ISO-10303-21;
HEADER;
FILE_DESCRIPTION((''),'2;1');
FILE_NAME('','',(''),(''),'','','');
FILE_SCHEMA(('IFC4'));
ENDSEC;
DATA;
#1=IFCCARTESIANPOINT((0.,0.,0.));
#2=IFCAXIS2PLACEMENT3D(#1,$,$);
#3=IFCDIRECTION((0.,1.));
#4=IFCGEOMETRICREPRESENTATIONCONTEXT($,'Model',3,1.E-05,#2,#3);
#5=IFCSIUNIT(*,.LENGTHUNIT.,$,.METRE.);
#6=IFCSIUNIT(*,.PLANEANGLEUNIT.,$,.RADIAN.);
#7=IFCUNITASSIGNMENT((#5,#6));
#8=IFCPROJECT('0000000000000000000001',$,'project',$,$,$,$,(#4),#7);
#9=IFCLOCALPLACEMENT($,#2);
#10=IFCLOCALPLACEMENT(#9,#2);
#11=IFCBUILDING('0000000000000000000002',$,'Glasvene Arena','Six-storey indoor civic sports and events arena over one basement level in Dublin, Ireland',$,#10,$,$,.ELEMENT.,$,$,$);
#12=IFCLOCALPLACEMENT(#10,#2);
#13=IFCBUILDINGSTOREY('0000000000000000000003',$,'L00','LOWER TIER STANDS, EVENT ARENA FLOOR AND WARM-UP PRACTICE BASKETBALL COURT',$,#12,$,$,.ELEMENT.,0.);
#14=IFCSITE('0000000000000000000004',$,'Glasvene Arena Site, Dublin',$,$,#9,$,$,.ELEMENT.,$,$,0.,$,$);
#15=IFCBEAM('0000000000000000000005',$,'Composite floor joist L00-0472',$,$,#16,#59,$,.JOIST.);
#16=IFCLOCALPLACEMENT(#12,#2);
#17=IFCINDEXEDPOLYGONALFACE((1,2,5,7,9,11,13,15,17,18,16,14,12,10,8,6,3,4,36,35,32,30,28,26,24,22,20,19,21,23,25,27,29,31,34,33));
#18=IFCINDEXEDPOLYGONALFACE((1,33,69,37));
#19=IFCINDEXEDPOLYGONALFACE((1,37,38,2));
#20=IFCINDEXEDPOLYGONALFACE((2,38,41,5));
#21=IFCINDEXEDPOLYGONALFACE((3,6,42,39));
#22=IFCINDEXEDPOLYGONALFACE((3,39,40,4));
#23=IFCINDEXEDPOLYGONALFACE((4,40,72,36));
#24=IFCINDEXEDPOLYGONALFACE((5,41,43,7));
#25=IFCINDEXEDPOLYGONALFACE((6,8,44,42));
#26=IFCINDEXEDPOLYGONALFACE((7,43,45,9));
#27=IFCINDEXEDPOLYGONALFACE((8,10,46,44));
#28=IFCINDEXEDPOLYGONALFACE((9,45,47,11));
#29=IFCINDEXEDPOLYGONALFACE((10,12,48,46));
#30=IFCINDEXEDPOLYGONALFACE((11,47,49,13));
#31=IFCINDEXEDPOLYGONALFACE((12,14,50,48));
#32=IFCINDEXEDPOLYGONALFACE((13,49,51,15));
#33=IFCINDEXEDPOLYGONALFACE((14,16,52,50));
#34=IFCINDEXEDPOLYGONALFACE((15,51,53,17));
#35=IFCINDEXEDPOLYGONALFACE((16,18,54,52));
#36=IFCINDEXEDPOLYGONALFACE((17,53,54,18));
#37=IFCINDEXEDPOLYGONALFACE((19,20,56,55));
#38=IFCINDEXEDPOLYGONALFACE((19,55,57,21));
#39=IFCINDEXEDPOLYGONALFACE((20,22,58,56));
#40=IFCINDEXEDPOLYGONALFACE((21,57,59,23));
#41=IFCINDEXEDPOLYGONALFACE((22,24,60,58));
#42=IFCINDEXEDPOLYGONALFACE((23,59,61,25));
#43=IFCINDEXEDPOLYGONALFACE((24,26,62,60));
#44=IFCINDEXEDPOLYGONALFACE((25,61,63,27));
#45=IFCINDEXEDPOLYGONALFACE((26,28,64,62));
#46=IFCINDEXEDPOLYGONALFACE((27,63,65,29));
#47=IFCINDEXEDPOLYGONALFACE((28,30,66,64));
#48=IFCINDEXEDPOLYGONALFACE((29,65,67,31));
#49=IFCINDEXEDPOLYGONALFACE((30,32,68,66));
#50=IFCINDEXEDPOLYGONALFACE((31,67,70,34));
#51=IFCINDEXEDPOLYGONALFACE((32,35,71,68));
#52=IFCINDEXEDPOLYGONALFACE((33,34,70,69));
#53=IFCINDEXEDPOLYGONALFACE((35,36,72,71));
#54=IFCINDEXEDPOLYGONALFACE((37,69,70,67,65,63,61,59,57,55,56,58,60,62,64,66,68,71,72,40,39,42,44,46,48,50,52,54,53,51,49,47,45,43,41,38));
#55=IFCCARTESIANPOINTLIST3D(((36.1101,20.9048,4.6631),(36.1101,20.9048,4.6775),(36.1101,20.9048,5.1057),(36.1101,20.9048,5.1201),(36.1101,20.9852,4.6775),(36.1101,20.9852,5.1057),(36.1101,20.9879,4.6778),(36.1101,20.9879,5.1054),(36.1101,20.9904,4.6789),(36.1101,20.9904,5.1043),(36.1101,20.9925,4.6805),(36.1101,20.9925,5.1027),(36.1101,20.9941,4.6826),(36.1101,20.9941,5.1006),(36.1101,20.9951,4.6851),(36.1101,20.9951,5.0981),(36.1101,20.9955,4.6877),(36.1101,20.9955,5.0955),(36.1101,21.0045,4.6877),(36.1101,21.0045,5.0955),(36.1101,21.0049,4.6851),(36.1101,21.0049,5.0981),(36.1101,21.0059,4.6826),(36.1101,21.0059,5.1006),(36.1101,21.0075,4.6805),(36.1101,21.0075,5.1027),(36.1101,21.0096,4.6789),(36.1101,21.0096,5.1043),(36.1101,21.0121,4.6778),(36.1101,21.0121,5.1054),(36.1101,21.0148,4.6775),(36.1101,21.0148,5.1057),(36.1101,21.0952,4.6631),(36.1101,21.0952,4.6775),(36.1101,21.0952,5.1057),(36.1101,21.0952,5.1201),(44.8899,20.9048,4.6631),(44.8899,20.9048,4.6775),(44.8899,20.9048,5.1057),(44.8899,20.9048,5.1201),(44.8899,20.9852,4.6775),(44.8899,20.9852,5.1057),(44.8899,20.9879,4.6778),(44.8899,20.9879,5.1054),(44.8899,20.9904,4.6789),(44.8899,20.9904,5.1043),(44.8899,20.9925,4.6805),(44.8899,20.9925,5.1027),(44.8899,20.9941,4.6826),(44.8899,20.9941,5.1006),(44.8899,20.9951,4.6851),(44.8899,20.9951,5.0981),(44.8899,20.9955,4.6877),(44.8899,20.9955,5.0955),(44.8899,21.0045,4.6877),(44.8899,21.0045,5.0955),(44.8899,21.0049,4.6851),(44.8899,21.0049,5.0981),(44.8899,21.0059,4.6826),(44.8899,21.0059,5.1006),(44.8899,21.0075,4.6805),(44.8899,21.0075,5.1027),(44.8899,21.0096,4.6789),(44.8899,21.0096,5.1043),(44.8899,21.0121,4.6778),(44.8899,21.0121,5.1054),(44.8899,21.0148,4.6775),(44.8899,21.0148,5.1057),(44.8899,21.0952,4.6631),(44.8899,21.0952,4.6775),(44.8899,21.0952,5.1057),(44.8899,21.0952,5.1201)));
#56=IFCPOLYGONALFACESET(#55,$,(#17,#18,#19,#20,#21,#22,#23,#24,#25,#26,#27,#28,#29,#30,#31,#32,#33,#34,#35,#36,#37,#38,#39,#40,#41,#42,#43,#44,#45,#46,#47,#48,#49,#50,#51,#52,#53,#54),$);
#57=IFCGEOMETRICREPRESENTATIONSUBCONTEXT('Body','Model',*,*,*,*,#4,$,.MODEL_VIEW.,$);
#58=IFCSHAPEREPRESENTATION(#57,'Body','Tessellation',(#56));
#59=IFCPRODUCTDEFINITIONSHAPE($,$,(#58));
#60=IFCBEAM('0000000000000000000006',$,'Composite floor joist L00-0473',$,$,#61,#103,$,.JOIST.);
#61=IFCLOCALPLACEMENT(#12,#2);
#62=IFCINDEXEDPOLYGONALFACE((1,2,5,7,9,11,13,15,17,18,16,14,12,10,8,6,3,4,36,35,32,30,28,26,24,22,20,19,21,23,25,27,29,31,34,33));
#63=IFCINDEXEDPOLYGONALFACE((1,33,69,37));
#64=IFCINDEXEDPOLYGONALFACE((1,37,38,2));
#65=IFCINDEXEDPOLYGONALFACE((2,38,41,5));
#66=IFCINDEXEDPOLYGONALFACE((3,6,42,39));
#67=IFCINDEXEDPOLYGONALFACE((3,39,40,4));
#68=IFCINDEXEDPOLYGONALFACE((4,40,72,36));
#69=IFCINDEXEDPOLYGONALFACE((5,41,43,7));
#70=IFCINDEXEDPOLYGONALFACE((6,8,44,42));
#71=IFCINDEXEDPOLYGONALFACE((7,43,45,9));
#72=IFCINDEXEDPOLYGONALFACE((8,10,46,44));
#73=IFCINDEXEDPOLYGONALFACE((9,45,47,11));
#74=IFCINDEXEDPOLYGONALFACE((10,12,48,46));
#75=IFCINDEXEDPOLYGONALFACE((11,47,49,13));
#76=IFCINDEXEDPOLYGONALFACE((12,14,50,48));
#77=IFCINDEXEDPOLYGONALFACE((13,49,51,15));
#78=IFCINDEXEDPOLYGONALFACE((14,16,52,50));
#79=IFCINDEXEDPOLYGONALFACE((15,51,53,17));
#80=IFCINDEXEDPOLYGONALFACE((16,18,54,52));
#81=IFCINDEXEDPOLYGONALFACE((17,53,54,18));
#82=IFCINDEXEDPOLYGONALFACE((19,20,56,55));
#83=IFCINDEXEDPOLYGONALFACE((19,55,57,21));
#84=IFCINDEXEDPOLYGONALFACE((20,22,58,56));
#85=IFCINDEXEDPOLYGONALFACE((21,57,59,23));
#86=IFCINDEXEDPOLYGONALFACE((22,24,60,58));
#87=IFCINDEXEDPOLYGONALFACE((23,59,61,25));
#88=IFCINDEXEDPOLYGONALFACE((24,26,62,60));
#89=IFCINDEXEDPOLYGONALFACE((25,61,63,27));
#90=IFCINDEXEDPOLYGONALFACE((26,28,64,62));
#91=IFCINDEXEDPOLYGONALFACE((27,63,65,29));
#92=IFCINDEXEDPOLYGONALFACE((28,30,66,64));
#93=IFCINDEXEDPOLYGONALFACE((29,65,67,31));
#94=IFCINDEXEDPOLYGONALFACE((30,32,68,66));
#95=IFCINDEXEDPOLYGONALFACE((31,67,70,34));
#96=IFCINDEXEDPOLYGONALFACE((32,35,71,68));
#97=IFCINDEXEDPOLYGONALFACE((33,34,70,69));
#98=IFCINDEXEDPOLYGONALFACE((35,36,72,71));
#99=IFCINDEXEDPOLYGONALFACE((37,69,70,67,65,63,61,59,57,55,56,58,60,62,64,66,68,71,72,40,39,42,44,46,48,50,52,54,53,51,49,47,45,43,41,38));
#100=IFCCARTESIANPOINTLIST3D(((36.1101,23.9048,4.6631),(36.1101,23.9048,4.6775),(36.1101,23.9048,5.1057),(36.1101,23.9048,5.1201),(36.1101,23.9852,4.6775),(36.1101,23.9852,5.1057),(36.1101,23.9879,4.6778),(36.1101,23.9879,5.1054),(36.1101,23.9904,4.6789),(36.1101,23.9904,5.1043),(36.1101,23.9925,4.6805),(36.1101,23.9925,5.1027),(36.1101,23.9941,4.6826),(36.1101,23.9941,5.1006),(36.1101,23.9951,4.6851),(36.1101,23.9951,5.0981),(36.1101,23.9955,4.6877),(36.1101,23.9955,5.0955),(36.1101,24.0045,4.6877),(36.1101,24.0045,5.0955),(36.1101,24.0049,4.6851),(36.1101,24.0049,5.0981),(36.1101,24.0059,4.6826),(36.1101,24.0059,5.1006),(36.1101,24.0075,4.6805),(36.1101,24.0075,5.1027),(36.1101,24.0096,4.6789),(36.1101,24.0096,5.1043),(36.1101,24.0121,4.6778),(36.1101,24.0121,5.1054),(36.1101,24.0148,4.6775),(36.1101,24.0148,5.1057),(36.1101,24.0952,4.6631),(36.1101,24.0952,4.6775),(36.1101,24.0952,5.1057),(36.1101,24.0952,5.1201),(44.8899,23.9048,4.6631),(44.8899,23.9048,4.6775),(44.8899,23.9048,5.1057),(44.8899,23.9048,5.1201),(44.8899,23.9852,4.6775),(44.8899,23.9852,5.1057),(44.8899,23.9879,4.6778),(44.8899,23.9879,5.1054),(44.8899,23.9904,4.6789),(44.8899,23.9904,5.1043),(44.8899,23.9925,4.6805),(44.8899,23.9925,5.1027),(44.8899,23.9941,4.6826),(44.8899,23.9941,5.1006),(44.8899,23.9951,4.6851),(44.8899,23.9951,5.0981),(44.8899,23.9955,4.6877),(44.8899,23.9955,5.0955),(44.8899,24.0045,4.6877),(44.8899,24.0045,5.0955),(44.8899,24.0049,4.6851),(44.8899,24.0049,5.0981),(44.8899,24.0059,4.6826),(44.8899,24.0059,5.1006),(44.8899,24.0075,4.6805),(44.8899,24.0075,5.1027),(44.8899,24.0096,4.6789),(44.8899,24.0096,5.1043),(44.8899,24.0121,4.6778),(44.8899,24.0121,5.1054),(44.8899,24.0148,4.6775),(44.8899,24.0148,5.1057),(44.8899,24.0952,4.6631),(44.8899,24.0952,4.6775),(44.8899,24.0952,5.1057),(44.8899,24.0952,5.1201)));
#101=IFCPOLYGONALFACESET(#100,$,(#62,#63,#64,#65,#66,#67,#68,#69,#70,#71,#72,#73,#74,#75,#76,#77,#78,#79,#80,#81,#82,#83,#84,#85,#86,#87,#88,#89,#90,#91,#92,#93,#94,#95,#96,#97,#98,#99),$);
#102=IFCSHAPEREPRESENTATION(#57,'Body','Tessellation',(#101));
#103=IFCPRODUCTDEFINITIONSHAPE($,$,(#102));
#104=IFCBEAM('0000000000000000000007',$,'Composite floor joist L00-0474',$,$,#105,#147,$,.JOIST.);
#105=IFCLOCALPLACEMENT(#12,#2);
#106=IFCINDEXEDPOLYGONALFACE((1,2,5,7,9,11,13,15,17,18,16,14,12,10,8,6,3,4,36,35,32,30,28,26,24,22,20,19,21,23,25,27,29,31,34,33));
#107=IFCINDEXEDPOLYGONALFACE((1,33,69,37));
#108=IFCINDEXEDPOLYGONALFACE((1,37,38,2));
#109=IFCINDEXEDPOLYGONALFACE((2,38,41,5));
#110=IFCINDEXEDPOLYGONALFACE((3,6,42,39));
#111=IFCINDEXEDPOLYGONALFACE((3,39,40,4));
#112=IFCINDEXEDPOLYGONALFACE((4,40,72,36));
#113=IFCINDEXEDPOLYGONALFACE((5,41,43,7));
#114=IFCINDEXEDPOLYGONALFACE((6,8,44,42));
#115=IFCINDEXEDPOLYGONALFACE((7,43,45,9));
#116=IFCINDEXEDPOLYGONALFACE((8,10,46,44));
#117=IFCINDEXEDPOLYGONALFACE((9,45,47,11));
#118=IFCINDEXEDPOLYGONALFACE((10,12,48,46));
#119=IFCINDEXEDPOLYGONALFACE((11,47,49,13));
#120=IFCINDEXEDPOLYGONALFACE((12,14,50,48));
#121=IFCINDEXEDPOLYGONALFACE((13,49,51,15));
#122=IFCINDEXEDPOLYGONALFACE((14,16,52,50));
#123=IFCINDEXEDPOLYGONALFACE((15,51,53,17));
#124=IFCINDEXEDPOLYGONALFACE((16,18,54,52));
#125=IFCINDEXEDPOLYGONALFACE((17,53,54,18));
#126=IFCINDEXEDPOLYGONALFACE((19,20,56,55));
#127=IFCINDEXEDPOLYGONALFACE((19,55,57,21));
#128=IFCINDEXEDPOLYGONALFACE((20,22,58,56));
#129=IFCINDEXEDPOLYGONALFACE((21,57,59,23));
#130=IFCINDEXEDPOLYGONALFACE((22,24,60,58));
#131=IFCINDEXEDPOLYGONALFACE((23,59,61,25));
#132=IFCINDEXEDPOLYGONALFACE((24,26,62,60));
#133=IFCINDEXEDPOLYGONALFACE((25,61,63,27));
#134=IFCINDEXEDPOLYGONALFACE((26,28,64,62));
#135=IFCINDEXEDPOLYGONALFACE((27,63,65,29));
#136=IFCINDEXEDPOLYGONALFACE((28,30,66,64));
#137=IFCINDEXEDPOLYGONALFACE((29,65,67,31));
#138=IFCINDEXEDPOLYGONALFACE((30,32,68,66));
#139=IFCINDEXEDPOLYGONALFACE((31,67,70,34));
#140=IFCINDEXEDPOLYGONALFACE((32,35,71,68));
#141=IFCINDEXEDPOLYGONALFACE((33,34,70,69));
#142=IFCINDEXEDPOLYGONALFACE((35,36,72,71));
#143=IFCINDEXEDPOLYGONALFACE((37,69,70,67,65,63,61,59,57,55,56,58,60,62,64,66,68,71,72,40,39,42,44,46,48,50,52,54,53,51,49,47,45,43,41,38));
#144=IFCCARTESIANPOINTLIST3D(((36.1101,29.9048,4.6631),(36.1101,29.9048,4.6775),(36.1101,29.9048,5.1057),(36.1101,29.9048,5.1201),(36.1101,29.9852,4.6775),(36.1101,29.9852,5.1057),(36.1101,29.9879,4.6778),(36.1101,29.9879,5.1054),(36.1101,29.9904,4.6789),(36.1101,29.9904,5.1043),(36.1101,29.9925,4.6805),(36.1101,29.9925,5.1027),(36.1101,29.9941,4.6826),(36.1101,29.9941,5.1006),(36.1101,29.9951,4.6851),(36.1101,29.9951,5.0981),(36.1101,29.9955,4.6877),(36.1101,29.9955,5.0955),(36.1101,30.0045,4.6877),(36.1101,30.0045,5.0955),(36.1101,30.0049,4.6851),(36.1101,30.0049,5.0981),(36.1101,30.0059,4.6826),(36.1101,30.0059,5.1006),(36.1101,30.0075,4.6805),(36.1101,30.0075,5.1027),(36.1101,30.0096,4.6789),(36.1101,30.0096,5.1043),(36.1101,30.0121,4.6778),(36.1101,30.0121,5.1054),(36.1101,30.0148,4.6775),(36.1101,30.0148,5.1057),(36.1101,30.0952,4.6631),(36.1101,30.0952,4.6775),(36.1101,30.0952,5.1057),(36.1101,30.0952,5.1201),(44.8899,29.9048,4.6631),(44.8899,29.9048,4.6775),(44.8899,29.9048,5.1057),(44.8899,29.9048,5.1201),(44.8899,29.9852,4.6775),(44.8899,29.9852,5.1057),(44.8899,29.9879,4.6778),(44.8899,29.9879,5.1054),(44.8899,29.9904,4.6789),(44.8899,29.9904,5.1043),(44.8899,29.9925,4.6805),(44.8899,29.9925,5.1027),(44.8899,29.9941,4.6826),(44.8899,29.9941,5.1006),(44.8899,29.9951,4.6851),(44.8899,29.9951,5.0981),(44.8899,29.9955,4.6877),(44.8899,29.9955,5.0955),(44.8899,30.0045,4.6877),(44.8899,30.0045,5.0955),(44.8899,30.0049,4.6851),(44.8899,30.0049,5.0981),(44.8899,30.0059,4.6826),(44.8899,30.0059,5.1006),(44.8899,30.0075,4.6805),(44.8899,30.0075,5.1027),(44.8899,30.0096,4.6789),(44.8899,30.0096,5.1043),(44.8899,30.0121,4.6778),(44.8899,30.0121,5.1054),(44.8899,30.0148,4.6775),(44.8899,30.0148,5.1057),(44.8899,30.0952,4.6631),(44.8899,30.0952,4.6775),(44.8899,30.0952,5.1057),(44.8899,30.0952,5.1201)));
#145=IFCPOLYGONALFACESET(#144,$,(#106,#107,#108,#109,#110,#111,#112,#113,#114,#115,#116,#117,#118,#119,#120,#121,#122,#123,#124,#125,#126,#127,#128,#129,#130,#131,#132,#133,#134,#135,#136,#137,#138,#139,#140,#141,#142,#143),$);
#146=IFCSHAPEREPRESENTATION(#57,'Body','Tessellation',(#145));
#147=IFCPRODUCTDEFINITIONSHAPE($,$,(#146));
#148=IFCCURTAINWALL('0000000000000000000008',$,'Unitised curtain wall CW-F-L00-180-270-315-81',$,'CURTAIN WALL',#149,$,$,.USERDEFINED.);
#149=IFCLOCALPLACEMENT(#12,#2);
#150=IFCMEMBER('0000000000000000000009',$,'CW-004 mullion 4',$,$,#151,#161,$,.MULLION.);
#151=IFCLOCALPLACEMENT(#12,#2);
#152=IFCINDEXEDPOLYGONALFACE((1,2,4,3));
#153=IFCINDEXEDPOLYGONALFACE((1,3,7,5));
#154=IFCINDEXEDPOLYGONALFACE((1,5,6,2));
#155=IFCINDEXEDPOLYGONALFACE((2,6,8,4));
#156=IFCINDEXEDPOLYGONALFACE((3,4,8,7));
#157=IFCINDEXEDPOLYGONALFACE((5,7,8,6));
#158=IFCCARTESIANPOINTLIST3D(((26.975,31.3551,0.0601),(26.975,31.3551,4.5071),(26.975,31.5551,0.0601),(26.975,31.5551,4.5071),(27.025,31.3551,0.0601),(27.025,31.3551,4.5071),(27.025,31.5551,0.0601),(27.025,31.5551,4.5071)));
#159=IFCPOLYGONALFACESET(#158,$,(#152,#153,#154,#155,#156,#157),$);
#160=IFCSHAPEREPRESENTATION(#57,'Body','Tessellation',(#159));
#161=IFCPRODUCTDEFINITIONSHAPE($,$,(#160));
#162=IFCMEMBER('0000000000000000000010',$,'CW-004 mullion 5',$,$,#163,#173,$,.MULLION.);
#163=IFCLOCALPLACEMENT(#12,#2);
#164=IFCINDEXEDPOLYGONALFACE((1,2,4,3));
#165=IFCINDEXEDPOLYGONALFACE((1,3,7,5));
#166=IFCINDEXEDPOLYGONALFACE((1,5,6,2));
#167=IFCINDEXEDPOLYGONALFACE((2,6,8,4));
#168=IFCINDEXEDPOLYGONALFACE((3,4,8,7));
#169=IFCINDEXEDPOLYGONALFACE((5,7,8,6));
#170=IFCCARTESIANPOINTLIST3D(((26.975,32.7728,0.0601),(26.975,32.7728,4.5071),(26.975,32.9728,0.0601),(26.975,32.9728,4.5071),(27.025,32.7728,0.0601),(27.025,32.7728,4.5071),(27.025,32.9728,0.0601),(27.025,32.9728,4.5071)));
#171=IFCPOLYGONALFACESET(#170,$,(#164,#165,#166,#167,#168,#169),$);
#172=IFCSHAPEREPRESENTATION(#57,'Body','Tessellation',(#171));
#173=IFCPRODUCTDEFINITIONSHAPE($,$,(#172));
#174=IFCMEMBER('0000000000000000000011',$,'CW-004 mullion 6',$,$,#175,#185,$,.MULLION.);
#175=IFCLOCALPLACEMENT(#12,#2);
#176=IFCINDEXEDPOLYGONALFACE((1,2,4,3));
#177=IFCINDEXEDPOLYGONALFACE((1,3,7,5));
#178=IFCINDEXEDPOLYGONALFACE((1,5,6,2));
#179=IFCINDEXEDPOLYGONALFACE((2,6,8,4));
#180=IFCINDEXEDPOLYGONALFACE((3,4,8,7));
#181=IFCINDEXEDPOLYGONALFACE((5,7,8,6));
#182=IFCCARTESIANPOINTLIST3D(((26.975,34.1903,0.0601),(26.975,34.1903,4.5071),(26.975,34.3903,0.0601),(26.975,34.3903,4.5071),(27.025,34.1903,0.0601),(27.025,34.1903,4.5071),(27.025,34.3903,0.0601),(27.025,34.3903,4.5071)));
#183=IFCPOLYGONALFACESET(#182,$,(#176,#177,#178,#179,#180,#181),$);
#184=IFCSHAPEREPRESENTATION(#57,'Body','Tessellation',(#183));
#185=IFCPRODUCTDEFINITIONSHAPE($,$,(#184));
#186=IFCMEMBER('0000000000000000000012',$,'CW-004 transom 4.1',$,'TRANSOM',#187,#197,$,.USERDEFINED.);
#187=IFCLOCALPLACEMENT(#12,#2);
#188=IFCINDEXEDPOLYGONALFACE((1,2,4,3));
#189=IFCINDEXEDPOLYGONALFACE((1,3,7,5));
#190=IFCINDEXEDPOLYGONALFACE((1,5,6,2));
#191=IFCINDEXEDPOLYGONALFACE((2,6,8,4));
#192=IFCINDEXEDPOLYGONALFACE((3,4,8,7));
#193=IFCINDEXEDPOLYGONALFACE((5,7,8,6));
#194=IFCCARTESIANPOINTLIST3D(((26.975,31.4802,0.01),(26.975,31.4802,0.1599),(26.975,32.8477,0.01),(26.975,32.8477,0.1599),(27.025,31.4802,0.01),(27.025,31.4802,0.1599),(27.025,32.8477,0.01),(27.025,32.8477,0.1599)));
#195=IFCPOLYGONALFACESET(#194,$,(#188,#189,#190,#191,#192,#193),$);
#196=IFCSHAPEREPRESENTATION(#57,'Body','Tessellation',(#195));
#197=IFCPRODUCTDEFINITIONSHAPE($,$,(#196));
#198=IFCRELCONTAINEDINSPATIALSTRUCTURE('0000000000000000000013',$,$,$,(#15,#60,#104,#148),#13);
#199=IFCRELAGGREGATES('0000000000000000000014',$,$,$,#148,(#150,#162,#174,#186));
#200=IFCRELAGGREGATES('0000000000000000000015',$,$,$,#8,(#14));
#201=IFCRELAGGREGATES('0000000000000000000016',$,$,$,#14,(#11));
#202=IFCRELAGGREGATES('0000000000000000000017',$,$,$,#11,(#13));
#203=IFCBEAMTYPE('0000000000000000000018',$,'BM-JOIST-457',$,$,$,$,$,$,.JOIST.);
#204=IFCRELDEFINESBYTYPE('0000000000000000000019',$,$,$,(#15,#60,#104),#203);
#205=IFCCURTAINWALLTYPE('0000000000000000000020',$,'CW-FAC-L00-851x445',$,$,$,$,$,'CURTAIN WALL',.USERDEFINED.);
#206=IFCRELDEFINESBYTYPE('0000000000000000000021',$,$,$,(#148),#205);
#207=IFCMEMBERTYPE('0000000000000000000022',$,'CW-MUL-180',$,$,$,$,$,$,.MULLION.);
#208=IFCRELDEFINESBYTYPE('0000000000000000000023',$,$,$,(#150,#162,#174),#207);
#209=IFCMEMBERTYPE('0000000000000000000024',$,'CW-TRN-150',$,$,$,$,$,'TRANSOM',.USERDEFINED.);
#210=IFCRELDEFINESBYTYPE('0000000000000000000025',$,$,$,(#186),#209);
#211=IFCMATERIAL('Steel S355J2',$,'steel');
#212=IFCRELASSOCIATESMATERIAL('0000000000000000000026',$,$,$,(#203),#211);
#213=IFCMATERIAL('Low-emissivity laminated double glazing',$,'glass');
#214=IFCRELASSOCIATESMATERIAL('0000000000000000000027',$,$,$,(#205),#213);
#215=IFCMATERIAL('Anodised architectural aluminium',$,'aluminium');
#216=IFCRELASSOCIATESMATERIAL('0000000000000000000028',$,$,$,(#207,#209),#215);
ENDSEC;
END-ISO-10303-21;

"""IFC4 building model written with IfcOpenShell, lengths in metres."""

from ifc_helpers import new_model, si_unit, direction, frame, origin, origin_2d, place, context, subcontext, project, spatial, rectangle, i_section, extrude, material, material_profile, profile_set, type_object, element, aggregate, save


model = new_model("IFC4")

# Units and contexts
model_context = context("Model", 3, precision=1e-05, world=origin(), true_north=direction((0.0, 1.0)))
body_context = subcontext(model_context, "Body", "Model", "MODEL_VIEW")
ifc_project = project(units=[si_unit("LENGTHUNIT", "METRE"), si_unit("PLANEANGLEUNIT", "RADIAN")], contexts=[model_context])

# Site, building, storey
site_placement = place(None, origin())
site = spatial("IfcSite", under=ifc_project, at=site_placement, Name="Glasvene Arena Site, Dublin", CompositionType="ELEMENT", RefElevation=0.0)
building_placement = place(site_placement, origin())
building = spatial("IfcBuilding", under=site, at=building_placement, Name="Glasvene Arena", Description="Six-storey indoor civic sports and events arena over one basement level in Dublin, Ireland", CompositionType="ELEMENT")
storey_placement = place(building_placement, origin())
storey = spatial("IfcBuildingStorey", under=building, at=storey_placement, Name="L00", Description="LOWER TIER STANDS, EVENT ARENA FLOOR AND WARM-UP PRACTICE BASKETBALL COURT", CompositionType="ELEMENT", Elevation=0.0)

# Shared definitions
ifc_material_1 = material(Name="Steel S355J2", Category="steel")

# Beams
ifc_material_profile_1 = material_profile(ifc_material_1, i_section(OverallWidth=0.1904, OverallDepth=0.457, WebThickness=0.009, FlangeThickness=0.0144, FilletRadius=0.0103, at=origin_2d()), Name="UKB 457x191x74")
ifc_profile_set_1 = profile_set([ifc_material_profile_1], Name="Steel S355J2")
beam_type_1 = type_object("IfcBeamType", Name="BM-JOIST-457", PredefinedType="JOIST", material=ifc_profile_set_1)
for number, where, z_axis, x_axis, name in (
    (1, (36.1101, 21.0, 4.8916), (1.0, 0.0, 0.0), (0.0, 1.0, 0.0), "Composite floor joist L00-0472"),
    (2, (36.1101, 24.0, 4.8916), (1.0, 0.0, 0.0), (0.0, 1.0, 0.0), "Composite floor joist L00-0473"),
    (3, (36.1101, 30.0, 4.8916), (1.0, 0.0, 0.0), (0.0, 1.0, 0.0), "Composite floor joist L00-0474"),
):
    element("IfcBeam", number, at=place(storey_placement, frame(where, z_axis=z_axis, x_axis=x_axis)), inside=storey, type_object=beam_type_1, Name=name, PredefinedType="JOIST", context=body_context, shape_type="SweptSolid", body=[
        extrude(i_section(OverallWidth=0.1904, OverallDepth=0.457, WebThickness=0.009, FlangeThickness=0.0144, FilletRadius=0.0103, at=origin_2d()), origin(), (0.0, 0.0, 1.0), 8.7798),
    ])

# Curtain wall, members
ifc_material_2 = material(Name="Low-emissivity laminated double glazing", Category="glass")
curtain_wall_type = type_object("IfcCurtainWallType", Name="CW-FAC-L00-851x445", ElementType="CURTAIN WALL", PredefinedType="USERDEFINED", material=ifc_material_2)
curtain_wall_placement = place(storey_placement, frame((27.0, 27.2024, 0.0)))
curtain_wall = element("IfcCurtainWall", 4, at=curtain_wall_placement, inside=storey, type_object=curtain_wall_type, Name="Unitised curtain wall CW-F-L00-180-270-315-81", ObjectType="CURTAIN WALL", PredefinedType="USERDEFINED")
ifc_material_3 = material(Name="Anodised architectural aluminium", Category="aluminium")
ifc_material_profile_2 = material_profile(ifc_material_3, rectangle(XDim=0.05, YDim=0.2, at=origin_2d()), Name="ALU MULLION 50x200")
ifc_profile_set_2 = profile_set([ifc_material_profile_2], Name="Anodised architectural aluminium")
member_type_1 = type_object("IfcMemberType", Name="CW-MUL-180", PredefinedType="MULLION", material=ifc_profile_set_2)
member_1_placement = place(storey_placement, frame((27.0, 31.4551, 0.0601), z_axis=(0.0, 0.0, 1.0), x_axis=(-1.0, 0.0, 0.0)))
member_1 = element("IfcMember", 5, at=member_1_placement, type_object=member_type_1, Name="CW-004 mullion 4", PredefinedType="MULLION", context=body_context, shape_type="SweptSolid", body=[
    extrude(rectangle(XDim=0.05, YDim=0.2, at=origin_2d()), origin(), (0.0, 0.0, 1.0), 4.447),
])
member_2_placement = place(storey_placement, frame((27.0, 32.8728, 0.0601), z_axis=(0.0, 0.0, 1.0), x_axis=(-1.0, 0.0, 0.0)))
member_2 = element("IfcMember", 6, at=member_2_placement, type_object=member_type_1, Name="CW-004 mullion 5", PredefinedType="MULLION", context=body_context, shape_type="SweptSolid", body=[
    extrude(rectangle(XDim=0.05, YDim=0.2, at=origin_2d()), origin(), (0.0, 0.0, 1.0), 4.447),
])
member_3_placement = place(storey_placement, frame((27.0, 34.2903, 0.0601), z_axis=(0.0, 0.0, 1.0), x_axis=(-1.0, 0.0, 0.0)))
member_3 = element("IfcMember", 7, at=member_3_placement, type_object=member_type_1, Name="CW-004 mullion 6", PredefinedType="MULLION", context=body_context, shape_type="SweptSolid", body=[
    extrude(rectangle(XDim=0.05, YDim=0.2, at=origin_2d()), origin(), (0.0, 0.0, 1.0), 4.447),
])
ifc_material_profile_3 = material_profile(ifc_material_3, rectangle(XDim=0.05, YDim=0.1499, at=origin_2d()), Name="ALU TRANSOM 50x150")
ifc_profile_set_3 = profile_set([ifc_material_profile_3], Name="Anodised architectural aluminium")
member_type_2 = type_object("IfcMemberType", Name="CW-TRN-150", ElementType="TRANSOM", PredefinedType="USERDEFINED", material=ifc_profile_set_3)
member_4_placement = place(storey_placement, frame((27.0, 31.4802, 0.085), z_axis=(0.0, 1.0, 0.0), x_axis=(-1.0, 0.0, 0.0)))
member_4 = element("IfcMember", 8, at=member_4_placement, type_object=member_type_2, Name="CW-004 transom 4.1", ObjectType="TRANSOM", PredefinedType="USERDEFINED", context=body_context, shape_type="SweptSolid", body=[
    extrude(rectangle(XDim=0.05, YDim=0.1499, at=origin_2d()), origin(), (0.0, 0.0, 1.0), 1.3674),
])
aggregate(curtain_wall, [member_1, member_2, member_3, member_4])

save(model, "model.ifc")
